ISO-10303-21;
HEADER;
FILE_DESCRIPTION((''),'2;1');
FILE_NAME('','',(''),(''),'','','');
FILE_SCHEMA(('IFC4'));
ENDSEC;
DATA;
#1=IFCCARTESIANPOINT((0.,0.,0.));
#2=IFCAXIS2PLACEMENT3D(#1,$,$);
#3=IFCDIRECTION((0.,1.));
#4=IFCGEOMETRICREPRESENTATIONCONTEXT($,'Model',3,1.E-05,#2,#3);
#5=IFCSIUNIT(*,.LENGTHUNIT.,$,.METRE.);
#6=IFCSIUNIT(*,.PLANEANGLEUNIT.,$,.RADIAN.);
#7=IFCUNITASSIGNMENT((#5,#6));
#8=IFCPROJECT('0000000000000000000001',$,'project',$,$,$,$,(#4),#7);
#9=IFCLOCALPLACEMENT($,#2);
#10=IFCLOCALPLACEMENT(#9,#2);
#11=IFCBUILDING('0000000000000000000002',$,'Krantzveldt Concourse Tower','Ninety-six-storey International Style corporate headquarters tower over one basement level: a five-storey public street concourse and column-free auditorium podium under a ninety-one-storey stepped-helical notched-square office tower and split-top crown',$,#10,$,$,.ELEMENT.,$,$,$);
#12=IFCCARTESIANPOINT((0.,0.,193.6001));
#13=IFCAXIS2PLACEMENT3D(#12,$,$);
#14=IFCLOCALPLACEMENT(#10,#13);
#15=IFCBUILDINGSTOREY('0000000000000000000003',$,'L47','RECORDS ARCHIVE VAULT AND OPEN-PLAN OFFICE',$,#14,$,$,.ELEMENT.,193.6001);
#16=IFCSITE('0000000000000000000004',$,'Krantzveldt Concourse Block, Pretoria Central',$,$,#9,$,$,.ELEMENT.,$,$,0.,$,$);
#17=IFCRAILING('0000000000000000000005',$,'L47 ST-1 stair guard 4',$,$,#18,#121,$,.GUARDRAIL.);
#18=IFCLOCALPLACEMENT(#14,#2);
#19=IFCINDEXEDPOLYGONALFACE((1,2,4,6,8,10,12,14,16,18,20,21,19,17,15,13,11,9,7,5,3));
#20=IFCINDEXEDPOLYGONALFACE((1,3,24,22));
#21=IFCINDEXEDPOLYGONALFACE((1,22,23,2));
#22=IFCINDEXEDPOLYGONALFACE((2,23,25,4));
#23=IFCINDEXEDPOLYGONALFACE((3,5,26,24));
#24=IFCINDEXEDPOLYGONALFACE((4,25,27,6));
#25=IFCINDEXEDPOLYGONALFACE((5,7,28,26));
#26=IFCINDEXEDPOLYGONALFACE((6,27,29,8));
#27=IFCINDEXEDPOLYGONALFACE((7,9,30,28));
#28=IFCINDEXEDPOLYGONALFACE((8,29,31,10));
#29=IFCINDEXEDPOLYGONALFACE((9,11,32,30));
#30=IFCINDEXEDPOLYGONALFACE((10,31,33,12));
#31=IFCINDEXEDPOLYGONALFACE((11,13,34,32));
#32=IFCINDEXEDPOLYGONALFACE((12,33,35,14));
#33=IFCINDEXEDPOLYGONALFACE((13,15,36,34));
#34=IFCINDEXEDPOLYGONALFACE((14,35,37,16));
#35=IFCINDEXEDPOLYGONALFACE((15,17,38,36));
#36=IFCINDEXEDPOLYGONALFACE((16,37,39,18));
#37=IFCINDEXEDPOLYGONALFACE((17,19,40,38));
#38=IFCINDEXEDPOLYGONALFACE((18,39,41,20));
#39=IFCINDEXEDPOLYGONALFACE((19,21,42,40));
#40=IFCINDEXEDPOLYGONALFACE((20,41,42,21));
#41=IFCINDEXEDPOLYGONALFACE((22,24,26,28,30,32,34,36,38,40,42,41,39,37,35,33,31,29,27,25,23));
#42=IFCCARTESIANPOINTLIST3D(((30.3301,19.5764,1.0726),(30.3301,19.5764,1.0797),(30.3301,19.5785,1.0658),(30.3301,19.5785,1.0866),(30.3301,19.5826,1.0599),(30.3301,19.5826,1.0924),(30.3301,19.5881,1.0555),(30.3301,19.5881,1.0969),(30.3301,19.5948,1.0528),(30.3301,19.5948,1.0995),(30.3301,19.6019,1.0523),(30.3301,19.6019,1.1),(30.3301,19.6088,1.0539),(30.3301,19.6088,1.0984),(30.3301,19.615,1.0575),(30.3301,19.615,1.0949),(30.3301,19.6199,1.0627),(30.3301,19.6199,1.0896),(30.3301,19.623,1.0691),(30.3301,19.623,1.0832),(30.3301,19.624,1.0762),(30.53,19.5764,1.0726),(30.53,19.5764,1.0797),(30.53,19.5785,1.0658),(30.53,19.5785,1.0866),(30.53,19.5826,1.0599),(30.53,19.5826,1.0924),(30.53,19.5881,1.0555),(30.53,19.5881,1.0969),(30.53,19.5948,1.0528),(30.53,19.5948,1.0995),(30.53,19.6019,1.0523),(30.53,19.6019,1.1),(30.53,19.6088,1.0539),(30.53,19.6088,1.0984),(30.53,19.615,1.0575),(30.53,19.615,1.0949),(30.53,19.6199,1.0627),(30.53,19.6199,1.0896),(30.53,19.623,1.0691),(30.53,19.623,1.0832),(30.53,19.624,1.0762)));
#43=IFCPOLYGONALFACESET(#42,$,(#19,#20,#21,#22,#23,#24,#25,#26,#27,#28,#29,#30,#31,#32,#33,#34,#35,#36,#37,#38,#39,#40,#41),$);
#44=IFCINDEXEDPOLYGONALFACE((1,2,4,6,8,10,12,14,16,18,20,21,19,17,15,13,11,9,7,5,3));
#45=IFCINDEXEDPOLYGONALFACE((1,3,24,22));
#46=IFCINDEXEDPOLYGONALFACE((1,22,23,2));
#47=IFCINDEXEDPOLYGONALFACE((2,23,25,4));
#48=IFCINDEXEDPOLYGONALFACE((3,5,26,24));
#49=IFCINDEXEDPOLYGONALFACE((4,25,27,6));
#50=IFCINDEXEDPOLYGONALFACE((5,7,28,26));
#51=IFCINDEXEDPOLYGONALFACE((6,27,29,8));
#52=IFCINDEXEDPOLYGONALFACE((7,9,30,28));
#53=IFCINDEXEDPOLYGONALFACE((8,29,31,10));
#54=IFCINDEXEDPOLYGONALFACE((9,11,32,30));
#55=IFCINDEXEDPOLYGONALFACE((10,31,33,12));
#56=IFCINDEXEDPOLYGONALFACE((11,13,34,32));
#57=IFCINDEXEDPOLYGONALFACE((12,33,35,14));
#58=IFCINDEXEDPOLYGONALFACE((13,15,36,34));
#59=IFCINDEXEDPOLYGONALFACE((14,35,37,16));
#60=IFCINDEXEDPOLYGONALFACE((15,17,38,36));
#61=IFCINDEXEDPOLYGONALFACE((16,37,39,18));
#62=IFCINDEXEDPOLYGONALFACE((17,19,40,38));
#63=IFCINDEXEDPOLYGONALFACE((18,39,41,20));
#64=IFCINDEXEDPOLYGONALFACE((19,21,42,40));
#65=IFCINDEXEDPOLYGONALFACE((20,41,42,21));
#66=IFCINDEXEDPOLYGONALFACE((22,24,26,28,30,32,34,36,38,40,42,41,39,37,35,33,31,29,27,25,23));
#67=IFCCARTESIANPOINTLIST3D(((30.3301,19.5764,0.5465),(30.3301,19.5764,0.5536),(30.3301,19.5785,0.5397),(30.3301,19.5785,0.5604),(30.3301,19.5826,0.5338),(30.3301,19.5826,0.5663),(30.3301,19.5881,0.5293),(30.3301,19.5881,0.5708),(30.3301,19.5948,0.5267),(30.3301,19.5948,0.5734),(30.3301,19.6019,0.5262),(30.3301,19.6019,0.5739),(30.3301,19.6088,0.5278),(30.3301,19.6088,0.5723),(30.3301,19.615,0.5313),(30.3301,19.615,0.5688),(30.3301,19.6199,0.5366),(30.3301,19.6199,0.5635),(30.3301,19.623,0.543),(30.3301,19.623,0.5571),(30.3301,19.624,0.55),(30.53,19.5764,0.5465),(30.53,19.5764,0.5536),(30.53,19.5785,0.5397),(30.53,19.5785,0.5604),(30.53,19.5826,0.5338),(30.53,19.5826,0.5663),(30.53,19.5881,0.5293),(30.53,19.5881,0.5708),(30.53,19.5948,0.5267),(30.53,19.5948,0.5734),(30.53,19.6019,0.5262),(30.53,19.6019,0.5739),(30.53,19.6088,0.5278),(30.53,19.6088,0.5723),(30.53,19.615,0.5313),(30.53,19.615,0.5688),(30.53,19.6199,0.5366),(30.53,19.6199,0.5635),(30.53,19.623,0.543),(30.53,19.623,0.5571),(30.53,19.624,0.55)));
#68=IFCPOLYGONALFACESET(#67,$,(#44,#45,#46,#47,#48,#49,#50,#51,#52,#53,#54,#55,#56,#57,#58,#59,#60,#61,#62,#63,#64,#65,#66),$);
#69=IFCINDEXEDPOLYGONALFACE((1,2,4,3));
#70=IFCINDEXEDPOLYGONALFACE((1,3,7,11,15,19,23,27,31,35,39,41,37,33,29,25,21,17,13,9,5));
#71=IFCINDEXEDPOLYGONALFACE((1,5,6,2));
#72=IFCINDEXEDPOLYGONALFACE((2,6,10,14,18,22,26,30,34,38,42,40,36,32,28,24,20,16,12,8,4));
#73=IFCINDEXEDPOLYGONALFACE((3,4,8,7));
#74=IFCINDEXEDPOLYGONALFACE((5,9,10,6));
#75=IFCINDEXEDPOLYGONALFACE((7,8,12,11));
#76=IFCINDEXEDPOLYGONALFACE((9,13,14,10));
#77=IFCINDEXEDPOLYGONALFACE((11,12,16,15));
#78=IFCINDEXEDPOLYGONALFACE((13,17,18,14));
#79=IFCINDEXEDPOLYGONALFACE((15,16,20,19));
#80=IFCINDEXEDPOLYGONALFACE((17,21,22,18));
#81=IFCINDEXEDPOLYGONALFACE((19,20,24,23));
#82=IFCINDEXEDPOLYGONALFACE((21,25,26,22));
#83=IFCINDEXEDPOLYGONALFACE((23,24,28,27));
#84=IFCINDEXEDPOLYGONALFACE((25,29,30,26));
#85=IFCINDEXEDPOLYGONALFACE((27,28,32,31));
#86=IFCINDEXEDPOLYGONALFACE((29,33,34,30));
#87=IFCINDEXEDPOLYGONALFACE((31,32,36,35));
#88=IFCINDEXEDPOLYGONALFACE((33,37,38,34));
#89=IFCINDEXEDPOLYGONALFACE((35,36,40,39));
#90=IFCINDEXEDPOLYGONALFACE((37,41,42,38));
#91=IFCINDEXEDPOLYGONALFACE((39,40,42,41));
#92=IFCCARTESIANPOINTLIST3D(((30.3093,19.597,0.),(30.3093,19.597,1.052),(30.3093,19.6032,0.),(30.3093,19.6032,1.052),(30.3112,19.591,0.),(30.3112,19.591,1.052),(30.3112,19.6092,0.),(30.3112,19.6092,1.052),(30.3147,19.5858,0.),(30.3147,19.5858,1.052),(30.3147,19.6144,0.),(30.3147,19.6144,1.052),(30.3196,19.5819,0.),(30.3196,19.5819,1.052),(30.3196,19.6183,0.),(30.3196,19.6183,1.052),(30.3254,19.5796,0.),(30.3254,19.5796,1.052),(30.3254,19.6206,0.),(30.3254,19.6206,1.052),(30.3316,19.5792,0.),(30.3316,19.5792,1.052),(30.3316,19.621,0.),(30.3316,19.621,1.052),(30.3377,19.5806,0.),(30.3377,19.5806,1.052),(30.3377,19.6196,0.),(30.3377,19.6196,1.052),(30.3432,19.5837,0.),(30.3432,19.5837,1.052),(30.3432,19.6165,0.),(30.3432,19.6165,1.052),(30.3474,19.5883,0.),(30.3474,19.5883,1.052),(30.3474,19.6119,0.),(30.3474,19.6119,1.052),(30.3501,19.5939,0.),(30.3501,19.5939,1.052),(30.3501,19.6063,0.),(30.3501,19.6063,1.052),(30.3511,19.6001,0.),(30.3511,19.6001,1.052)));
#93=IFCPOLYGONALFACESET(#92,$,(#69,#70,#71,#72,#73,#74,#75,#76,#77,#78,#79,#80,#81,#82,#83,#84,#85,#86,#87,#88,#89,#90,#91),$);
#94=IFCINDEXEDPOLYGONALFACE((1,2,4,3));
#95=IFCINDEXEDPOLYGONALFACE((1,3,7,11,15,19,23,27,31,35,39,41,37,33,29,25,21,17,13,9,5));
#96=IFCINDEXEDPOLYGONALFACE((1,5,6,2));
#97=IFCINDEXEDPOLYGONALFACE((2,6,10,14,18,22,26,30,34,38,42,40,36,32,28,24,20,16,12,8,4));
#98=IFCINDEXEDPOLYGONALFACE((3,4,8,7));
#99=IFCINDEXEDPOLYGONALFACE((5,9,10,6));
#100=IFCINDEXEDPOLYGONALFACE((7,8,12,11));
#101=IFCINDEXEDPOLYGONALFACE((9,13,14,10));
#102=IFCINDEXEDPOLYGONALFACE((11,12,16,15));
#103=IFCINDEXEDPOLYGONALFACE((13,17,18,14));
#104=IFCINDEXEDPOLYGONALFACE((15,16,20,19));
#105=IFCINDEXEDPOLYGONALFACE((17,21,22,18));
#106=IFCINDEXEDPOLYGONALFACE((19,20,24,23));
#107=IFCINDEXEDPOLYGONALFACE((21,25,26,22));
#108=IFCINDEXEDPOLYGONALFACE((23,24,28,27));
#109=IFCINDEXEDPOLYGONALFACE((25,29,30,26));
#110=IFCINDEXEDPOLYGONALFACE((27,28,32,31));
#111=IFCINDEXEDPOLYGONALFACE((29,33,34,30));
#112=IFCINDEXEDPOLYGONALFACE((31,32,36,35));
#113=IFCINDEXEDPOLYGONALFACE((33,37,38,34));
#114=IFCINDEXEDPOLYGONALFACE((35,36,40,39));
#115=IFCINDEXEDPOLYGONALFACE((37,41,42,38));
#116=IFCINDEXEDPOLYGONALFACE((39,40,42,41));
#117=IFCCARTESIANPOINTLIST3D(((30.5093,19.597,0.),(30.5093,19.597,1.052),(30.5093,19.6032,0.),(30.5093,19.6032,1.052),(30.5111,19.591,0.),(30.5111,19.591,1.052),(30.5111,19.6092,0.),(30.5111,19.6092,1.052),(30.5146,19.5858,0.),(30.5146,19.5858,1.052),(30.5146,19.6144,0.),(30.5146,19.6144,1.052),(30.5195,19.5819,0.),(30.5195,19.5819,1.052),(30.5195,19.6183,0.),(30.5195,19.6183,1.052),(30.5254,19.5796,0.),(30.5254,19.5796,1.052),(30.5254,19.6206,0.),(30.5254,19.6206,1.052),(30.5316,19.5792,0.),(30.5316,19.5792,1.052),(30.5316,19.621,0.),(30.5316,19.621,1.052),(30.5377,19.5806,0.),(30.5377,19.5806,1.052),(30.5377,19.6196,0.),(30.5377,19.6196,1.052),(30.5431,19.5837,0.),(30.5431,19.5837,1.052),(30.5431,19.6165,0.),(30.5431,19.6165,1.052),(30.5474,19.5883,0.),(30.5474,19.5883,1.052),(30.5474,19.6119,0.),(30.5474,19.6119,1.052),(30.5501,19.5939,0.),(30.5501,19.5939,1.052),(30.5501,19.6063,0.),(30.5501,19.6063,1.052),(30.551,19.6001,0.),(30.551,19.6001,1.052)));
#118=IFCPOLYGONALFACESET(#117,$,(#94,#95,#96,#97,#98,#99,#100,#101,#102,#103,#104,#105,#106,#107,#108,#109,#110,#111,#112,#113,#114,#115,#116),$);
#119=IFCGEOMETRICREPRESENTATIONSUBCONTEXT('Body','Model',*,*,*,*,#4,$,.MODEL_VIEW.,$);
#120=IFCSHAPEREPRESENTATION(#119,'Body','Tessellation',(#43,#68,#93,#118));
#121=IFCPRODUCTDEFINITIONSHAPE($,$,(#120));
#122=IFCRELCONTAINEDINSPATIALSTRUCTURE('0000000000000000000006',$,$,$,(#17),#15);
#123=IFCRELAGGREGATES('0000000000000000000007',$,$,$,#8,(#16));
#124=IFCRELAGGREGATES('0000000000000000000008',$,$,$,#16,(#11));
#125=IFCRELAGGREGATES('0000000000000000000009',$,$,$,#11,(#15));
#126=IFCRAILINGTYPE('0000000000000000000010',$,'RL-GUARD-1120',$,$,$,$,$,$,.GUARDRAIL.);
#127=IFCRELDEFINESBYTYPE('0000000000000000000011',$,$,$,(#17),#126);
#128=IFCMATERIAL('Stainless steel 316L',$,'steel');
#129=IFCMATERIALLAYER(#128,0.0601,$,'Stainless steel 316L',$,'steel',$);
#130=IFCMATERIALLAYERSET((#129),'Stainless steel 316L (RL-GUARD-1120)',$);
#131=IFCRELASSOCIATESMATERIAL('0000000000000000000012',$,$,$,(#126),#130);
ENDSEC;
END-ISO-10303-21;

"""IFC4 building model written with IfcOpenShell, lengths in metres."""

from ifc_helpers import new_model, si_unit, direction, frame, origin, origin_2d, place, context, subcontext, project, spatial, circle, extrude, material, layer, layer_set, type_object, element, save


model = new_model("IFC4")

# Units and contexts
model_context = context("Model", 3, precision=1e-05, world=origin(), true_north=direction((0.0, 1.0)))
body_context = subcontext(model_context, "Body", "Model", "MODEL_VIEW")
ifc_project = project(units=[si_unit("LENGTHUNIT", "METRE"), si_unit("PLANEANGLEUNIT", "RADIAN")], contexts=[model_context])

# Site, building, storey
site_placement = place(None, origin())
site = spatial("IfcSite", under=ifc_project, at=site_placement, Name="Krantzveldt Concourse Block, Pretoria Central", CompositionType="ELEMENT", RefElevation=0.0)
building_placement = place(site_placement, origin())
building = spatial("IfcBuilding", under=site, at=building_placement, Name="Krantzveldt Concourse Tower", Description="Ninety-six-storey International Style corporate headquarters tower over one basement level: a five-storey public street concourse and column-free auditorium podium under a ninety-one-storey stepped-helical notched-square office tower and split-top crown", CompositionType="ELEMENT")
storey_placement = place(building_placement, frame((0.0, 0.0, 193.6001)))
storey = spatial("IfcBuildingStorey", under=building, at=storey_placement, Name="L47", Description="RECORDS ARCHIVE VAULT AND OPEN-PLAN OFFICE", CompositionType="ELEMENT", Elevation=193.6001)

# Shared definitions
ifc_material_1 = material(Name="Stainless steel 316L", Category="steel")

# Railing
ifc_layer_1 = layer(ifc_material_1, 0.0601, Name="Stainless steel 316L", Category="steel")
ifc_layer_set_1 = layer_set([ifc_layer_1], Name="Stainless steel 316L (RL-GUARD-1120)")
railing_type_1 = type_object("IfcRailingType", Name="RL-GUARD-1120", PredefinedType="GUARDRAIL", material=ifc_layer_set_1)
railing_1_placement = place(storey_placement, frame((30.3301, 19.6001, 0.0)))
element("IfcRailing", 1, at=railing_1_placement, inside=storey, type_object=railing_type_1, Name="L47 ST-1 stair guard 4", PredefinedType="GUARDRAIL", context=body_context, shape_type="SweptSolid", body=[
    extrude(circle(Radius=0.0239, at=origin_2d()), frame((0.0, 0.0, 1.0762), z_axis=(1.0, 0.0, 0.0), x_axis=(0.0, 1.0, 0.0)), (0.0, 0.0, 1.0), 0.2),
    extrude(circle(Radius=0.0239, at=origin_2d()), frame((0.0, 0.0, 0.55), z_axis=(1.0, 0.0, 0.0), x_axis=(0.0, 1.0, 0.0)), (0.0, 0.0, 1.0), 0.2),
    extrude(circle(Radius=0.021, at=origin_2d()), origin(), (0.0, 0.0, 1.0), 1.052),
    extrude(circle(Radius=0.021, at=origin_2d()), frame((0.2, 0.0, 0.0)), (0.0, 0.0, 1.0), 1.052),
])

save(model, "model.ifc")
